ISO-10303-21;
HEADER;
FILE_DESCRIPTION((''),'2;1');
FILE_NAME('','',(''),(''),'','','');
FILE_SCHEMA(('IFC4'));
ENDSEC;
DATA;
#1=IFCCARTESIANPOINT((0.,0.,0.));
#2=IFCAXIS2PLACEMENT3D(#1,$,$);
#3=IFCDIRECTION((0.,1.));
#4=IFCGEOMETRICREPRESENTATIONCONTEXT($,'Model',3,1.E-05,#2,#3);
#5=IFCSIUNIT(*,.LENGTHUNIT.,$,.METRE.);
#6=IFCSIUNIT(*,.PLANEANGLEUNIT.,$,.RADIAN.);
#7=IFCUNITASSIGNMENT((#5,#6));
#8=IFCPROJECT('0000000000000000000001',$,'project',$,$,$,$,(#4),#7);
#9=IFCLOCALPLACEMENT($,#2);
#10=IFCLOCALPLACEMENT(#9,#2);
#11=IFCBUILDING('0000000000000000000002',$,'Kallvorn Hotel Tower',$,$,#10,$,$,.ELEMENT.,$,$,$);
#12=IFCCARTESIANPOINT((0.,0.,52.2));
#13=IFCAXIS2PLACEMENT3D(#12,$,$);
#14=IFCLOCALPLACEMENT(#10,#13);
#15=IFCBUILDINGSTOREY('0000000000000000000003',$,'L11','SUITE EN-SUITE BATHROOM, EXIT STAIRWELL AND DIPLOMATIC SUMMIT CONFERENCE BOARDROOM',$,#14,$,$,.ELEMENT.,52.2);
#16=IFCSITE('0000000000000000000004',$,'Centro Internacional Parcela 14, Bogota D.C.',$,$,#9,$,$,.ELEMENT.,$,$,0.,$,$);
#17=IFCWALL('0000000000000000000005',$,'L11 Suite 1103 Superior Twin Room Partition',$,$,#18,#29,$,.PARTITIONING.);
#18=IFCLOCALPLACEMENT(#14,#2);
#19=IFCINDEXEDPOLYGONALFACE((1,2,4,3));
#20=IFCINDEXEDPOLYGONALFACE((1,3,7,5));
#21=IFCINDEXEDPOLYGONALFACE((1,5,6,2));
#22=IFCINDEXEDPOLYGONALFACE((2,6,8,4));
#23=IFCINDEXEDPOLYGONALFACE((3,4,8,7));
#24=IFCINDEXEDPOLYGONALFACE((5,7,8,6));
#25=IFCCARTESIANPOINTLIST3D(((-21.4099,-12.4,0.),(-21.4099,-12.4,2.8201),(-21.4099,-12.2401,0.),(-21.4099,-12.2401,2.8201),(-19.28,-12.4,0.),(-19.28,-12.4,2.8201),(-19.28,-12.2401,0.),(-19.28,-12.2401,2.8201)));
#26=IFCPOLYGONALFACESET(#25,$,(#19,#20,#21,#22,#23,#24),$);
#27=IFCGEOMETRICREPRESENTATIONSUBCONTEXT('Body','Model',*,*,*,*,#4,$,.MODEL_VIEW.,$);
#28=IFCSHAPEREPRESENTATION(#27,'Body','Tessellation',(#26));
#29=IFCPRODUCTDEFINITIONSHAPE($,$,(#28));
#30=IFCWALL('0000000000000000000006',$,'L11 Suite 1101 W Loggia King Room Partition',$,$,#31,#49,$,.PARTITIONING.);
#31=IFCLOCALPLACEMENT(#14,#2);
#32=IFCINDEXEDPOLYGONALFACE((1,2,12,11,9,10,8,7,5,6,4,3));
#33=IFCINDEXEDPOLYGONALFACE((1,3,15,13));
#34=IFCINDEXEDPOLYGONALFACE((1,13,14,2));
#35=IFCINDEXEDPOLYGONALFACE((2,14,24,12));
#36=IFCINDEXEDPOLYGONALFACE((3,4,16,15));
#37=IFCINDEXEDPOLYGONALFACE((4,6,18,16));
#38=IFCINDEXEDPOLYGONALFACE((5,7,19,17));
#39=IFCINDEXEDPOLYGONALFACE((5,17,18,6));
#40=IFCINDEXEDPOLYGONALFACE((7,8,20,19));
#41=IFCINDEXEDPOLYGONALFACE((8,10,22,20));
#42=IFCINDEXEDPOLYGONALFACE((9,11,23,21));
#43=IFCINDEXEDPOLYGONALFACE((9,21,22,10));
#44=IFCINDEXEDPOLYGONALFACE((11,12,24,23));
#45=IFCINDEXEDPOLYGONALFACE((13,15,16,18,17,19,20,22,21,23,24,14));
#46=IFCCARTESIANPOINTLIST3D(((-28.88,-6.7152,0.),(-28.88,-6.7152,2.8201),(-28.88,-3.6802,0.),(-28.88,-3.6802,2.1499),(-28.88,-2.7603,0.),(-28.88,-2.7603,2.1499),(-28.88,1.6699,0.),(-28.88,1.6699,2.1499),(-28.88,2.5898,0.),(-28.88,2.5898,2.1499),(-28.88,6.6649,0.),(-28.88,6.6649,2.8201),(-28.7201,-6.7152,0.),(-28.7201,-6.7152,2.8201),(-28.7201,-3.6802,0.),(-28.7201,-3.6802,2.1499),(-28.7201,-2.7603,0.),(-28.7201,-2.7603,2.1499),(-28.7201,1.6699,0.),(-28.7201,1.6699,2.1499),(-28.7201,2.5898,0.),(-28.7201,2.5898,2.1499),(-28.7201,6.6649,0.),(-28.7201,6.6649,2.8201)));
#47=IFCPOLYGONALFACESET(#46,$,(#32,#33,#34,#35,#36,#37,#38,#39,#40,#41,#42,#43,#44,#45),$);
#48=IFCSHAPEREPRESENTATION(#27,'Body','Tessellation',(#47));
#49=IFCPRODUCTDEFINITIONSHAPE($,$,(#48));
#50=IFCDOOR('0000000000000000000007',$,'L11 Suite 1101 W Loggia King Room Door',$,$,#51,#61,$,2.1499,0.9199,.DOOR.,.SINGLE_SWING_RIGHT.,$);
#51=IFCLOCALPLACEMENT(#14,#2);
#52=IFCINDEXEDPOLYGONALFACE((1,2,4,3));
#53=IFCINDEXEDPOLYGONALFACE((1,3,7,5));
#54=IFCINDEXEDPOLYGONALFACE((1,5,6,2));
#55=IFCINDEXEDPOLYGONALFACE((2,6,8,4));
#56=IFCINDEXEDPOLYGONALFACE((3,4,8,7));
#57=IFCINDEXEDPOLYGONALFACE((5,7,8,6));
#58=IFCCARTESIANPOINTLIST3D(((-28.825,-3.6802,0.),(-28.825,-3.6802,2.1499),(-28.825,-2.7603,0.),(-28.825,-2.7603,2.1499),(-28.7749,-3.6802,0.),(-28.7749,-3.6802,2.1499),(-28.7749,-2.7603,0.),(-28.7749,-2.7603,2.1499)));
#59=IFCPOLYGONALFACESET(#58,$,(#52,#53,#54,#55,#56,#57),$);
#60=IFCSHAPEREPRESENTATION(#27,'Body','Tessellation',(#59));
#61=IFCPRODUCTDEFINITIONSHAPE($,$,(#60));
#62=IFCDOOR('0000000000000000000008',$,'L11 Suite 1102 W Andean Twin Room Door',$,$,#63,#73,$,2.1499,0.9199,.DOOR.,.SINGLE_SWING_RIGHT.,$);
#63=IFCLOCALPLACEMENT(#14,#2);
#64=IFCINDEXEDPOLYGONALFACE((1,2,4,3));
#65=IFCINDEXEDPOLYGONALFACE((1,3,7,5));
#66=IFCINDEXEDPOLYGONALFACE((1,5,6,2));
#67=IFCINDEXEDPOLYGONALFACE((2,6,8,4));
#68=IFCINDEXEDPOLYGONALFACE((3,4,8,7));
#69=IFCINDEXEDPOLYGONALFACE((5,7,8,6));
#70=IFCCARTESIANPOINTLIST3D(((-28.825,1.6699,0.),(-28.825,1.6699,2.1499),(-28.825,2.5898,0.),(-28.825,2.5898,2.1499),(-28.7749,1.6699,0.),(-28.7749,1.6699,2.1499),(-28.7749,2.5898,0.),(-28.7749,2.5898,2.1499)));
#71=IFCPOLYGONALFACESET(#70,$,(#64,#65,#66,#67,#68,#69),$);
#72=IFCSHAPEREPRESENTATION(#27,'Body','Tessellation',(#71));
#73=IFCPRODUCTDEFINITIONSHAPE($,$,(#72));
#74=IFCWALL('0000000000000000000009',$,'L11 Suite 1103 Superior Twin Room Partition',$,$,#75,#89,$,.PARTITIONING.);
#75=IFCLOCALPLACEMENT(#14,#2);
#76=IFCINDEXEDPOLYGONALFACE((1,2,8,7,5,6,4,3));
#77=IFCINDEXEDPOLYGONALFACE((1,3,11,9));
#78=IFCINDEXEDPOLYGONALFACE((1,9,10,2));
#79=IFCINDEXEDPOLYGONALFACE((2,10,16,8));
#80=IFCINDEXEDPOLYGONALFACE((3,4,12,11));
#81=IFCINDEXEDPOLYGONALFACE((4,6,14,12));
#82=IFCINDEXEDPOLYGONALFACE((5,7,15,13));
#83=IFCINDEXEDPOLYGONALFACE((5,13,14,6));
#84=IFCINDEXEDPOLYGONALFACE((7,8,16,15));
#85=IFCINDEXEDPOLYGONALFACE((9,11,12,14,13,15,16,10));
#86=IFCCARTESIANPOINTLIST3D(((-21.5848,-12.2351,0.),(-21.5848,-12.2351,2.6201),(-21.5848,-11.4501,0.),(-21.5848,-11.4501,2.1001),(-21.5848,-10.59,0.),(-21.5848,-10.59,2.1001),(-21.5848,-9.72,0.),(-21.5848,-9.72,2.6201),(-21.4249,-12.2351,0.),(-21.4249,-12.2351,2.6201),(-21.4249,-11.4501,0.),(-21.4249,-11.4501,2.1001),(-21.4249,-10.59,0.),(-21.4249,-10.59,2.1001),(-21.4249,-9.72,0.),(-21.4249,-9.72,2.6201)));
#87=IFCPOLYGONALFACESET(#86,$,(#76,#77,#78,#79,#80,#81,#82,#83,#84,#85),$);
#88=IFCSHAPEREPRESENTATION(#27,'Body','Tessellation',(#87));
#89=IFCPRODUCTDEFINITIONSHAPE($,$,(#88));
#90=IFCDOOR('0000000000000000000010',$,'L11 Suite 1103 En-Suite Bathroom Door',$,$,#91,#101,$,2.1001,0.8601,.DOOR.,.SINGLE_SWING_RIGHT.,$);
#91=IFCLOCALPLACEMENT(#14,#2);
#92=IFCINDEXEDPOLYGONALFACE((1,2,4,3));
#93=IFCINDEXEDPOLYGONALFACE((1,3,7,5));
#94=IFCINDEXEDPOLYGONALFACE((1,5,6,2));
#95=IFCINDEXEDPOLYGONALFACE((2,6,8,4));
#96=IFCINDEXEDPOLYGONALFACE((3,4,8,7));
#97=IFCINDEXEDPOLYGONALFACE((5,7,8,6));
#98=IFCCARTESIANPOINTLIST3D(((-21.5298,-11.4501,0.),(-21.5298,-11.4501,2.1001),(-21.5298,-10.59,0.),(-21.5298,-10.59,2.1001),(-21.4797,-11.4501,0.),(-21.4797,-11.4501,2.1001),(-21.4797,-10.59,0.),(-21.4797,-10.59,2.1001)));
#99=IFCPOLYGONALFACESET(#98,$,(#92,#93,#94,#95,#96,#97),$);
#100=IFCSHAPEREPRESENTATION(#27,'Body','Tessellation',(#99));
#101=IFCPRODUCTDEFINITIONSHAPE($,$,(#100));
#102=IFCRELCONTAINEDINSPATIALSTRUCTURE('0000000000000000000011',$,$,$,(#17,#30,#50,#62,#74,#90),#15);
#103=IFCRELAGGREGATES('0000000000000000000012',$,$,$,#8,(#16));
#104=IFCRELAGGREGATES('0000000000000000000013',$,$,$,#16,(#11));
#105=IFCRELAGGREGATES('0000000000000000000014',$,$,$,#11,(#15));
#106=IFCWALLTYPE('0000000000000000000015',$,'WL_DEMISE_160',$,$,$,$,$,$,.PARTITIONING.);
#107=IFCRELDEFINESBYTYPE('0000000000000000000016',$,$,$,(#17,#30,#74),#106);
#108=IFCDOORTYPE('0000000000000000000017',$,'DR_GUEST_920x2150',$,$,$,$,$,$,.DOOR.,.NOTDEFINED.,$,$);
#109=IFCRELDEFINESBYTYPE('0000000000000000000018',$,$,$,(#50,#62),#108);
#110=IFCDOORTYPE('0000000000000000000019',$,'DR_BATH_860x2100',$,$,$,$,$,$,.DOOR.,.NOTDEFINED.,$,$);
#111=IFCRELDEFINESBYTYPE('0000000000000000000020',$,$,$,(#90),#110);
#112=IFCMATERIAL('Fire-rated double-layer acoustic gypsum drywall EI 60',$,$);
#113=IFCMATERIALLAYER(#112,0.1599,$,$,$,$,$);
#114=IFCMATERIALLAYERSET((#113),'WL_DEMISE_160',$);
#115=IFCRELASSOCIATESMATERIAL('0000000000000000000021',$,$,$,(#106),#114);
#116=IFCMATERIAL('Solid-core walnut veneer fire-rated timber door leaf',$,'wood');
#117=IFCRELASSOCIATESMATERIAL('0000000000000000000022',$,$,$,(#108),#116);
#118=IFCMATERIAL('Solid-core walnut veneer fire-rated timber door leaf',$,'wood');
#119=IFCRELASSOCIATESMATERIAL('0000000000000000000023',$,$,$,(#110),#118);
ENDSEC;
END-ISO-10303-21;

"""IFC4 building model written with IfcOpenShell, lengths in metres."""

from ifc_helpers import new_model, si_unit, direction, frame, frame_2d, origin, place, context, subcontext, project, spatial, rectangle, extrude, material, layer, layer_set, type_object, element, fill, save


model = new_model("IFC4")

# Units and contexts
model_context = context("Model", 3, precision=1e-05, world=origin(), true_north=direction((0.0, 1.0)))
body_context = subcontext(model_context, "Body", "Model", "MODEL_VIEW")
ifc_project = project(units=[si_unit("LENGTHUNIT", "METRE"), si_unit("PLANEANGLEUNIT", "RADIAN")], contexts=[model_context])

# Site, building, storey
site_placement = place(None, origin())
site = spatial("IfcSite", under=ifc_project, at=site_placement, Name="Centro Internacional Parcela 14, Bogota D.C.", CompositionType="ELEMENT", RefElevation=0.0)
building_placement = place(site_placement, origin())
building = spatial("IfcBuilding", under=site, at=building_placement, Name="Kallvorn Hotel Tower", CompositionType="ELEMENT")
storey_placement = place(building_placement, frame((0.0, 0.0, 52.2)))
storey = spatial("IfcBuildingStorey", under=building, at=storey_placement, Name="L11", Description="SUITE EN-SUITE BATHROOM, EXIT STAIRWELL AND DIPLOMATIC SUMMIT CONFERENCE BOARDROOM", CompositionType="ELEMENT", Elevation=52.2)

# Wall
ifc_material_1 = material(Name="Fire-rated double-layer acoustic gypsum drywall EI 60")
ifc_layer = layer(ifc_material_1, 0.1599)
ifc_layer_set = layer_set([ifc_layer], Name="WL_DEMISE_160")
wall_type = type_object("IfcWallType", Name="WL_DEMISE_160", PredefinedType="PARTITIONING", material=ifc_layer_set)
wall_1_placement = place(storey_placement, frame((-21.4099, -12.3201, 0.0), z_axis=(0.0, 0.0, 1.0), x_axis=(1.0, 0.0, 0.0)))
element("IfcWall", 1, at=wall_1_placement, inside=storey, type_object=wall_type, Name="L11 Suite 1103 Superior Twin Room Partition", PredefinedType="PARTITIONING", context=body_context, shape_type="SweptSolid", body=[
    extrude(rectangle(XDim=2.1299, YDim=0.1599, at=frame_2d((1.0649, 0.0))), origin(), (0.0, 0.0, 1.0), 2.8201),
])

# Wall, openings, doors
wall_2_placement = place(storey_placement, frame((-28.8, -6.7151, 0.0), z_axis=(0.0, 0.0, 1.0), x_axis=(0.0, 1.0, 0.0)))
wall_2 = element("IfcWall", 2, at=wall_2_placement, inside=storey, type_object=wall_type, Name="L11 Suite 1101 W Loggia King Room Partition", PredefinedType="PARTITIONING", context=body_context, shape_type="SweptSolid", body=[
    extrude(rectangle(XDim=13.3801, YDim=0.1599, at=frame_2d((6.6899, 0.0))), origin(), (0.0, 0.0, 1.0), 2.8201),
])
opening_1_placement = place(wall_2_placement, frame((3.0349, 0.0, 0.0)))
opening_1 = element("IfcOpeningElement", 3, at=opening_1_placement, cuts=wall_2, PredefinedType="OPENING", context=body_context, shape_type="SweptSolid", body=[
    extrude(rectangle(XDim=0.9199, YDim=2.1499, at=frame_2d((0.46, 1.075))), frame((0.0, 0.095, 0.0), z_axis=(0.0, -1.0, 0.0), x_axis=(1.0, 0.0, 0.0)), (0.0, 0.0, 1.0), 0.1899),
])
opening_2_placement = place(wall_2_placement, frame((8.385, 0.0, 0.0)))
opening_2 = element("IfcOpeningElement", 4, at=opening_2_placement, cuts=wall_2, PredefinedType="OPENING", context=body_context, shape_type="SweptSolid", body=[
    extrude(rectangle(XDim=0.9199, YDim=2.1499, at=frame_2d((0.46, 1.075))), frame((0.0, 0.095, 0.0), z_axis=(0.0, -1.0, 0.0), x_axis=(1.0, 0.0, 0.0)), (0.0, 0.0, 1.0), 0.1899),
])
ifc_material_2 = material(Name="Solid-core walnut veneer fire-rated timber door leaf", Category="wood")
door_type_1 = type_object("IfcDoorType", Name="DR_GUEST_920x2150", OperationType="NOTDEFINED", PredefinedType="DOOR", material=ifc_material_2)
door_1_placement = place(opening_1_placement, origin())
door_1 = element("IfcDoor", 5, at=door_1_placement, inside=storey, type_object=door_type_1, Name="L11 Suite 1101 W Loggia King Room Door", OperationType="SINGLE_SWING_RIGHT", OverallHeight=2.1499, OverallWidth=0.9199, PredefinedType="DOOR", context=body_context, shape_type="SweptSolid", body=[
    extrude(rectangle(XDim=0.9199, YDim=2.1499, at=frame_2d((0.46, 1.075))), frame((0.0, 0.0249, 0.0), z_axis=(0.0, -1.0, 0.0), x_axis=(1.0, 0.0, 0.0)), (0.0, 0.0, 1.0), 0.05),
])
fill(opening_1, door_1)
door_2_placement = place(opening_2_placement, origin())
door_2 = element("IfcDoor", 6, at=door_2_placement, inside=storey, type_object=door_type_1, Name="L11 Suite 1102 W Andean Twin Room Door", OperationType="SINGLE_SWING_RIGHT", OverallHeight=2.1499, OverallWidth=0.9199, PredefinedType="DOOR", context=body_context, shape_type="SweptSolid", body=[
    extrude(rectangle(XDim=0.9199, YDim=2.1499, at=frame_2d((0.46, 1.075))), frame((0.0, 0.0249, 0.0), z_axis=(0.0, -1.0, 0.0), x_axis=(1.0, 0.0, 0.0)), (0.0, 0.0, 1.0), 0.05),
])
fill(opening_2, door_2)

# Wall, opening, door
wall_3_placement = place(storey_placement, frame((-21.5049, -12.2351, 0.0), z_axis=(0.0, 0.0, 1.0), x_axis=(0.0, 1.0, 0.0)))
wall_3 = element("IfcWall", 7, at=wall_3_placement, inside=storey, type_object=wall_type, Name="L11 Suite 1103 Superior Twin Room Partition", PredefinedType="PARTITIONING", context=body_context, shape_type="SweptSolid", body=[
    extrude(rectangle(XDim=2.5151, YDim=0.1599, at=frame_2d((1.2576, 0.0))), origin(), (0.0, 0.0, 1.0), 2.6201),
])
opening_3_placement = place(wall_3_placement, frame((0.7849, 0.0, 0.0)))
opening_3 = element("IfcOpeningElement", 8, at=opening_3_placement, cuts=wall_3, PredefinedType="OPENING", context=body_context, shape_type="SweptSolid", body=[
    extrude(rectangle(XDim=0.8601, YDim=2.1001, at=frame_2d((0.4302, 1.05))), frame((0.0, 0.095, 0.0), z_axis=(0.0, -1.0, 0.0), x_axis=(1.0, 0.0, 0.0)), (0.0, 0.0, 1.0), 0.1899),
])
ifc_material_3 = material(Name="Solid-core walnut veneer fire-rated timber door leaf", Category="wood")
door_type_2 = type_object("IfcDoorType", Name="DR_BATH_860x2100", OperationType="NOTDEFINED", PredefinedType="DOOR", material=ifc_material_3)
door_3_placement = place(opening_3_placement, origin())
door_3 = element("IfcDoor", 9, at=door_3_placement, inside=storey, type_object=door_type_2, Name="L11 Suite 1103 En-Suite Bathroom Door", OperationType="SINGLE_SWING_RIGHT", OverallHeight=2.1001, OverallWidth=0.8601, PredefinedType="DOOR", context=body_context, shape_type="SweptSolid", body=[
    extrude(rectangle(XDim=0.8601, YDim=2.1001, at=frame_2d((0.4302, 1.05))), frame((0.0, 0.0249, 0.0), z_axis=(0.0, -1.0, 0.0), x_axis=(1.0, 0.0, 0.0)), (0.0, 0.0, 1.0), 0.05),
])
fill(opening_3, door_3)

save(model, "model.ifc")
